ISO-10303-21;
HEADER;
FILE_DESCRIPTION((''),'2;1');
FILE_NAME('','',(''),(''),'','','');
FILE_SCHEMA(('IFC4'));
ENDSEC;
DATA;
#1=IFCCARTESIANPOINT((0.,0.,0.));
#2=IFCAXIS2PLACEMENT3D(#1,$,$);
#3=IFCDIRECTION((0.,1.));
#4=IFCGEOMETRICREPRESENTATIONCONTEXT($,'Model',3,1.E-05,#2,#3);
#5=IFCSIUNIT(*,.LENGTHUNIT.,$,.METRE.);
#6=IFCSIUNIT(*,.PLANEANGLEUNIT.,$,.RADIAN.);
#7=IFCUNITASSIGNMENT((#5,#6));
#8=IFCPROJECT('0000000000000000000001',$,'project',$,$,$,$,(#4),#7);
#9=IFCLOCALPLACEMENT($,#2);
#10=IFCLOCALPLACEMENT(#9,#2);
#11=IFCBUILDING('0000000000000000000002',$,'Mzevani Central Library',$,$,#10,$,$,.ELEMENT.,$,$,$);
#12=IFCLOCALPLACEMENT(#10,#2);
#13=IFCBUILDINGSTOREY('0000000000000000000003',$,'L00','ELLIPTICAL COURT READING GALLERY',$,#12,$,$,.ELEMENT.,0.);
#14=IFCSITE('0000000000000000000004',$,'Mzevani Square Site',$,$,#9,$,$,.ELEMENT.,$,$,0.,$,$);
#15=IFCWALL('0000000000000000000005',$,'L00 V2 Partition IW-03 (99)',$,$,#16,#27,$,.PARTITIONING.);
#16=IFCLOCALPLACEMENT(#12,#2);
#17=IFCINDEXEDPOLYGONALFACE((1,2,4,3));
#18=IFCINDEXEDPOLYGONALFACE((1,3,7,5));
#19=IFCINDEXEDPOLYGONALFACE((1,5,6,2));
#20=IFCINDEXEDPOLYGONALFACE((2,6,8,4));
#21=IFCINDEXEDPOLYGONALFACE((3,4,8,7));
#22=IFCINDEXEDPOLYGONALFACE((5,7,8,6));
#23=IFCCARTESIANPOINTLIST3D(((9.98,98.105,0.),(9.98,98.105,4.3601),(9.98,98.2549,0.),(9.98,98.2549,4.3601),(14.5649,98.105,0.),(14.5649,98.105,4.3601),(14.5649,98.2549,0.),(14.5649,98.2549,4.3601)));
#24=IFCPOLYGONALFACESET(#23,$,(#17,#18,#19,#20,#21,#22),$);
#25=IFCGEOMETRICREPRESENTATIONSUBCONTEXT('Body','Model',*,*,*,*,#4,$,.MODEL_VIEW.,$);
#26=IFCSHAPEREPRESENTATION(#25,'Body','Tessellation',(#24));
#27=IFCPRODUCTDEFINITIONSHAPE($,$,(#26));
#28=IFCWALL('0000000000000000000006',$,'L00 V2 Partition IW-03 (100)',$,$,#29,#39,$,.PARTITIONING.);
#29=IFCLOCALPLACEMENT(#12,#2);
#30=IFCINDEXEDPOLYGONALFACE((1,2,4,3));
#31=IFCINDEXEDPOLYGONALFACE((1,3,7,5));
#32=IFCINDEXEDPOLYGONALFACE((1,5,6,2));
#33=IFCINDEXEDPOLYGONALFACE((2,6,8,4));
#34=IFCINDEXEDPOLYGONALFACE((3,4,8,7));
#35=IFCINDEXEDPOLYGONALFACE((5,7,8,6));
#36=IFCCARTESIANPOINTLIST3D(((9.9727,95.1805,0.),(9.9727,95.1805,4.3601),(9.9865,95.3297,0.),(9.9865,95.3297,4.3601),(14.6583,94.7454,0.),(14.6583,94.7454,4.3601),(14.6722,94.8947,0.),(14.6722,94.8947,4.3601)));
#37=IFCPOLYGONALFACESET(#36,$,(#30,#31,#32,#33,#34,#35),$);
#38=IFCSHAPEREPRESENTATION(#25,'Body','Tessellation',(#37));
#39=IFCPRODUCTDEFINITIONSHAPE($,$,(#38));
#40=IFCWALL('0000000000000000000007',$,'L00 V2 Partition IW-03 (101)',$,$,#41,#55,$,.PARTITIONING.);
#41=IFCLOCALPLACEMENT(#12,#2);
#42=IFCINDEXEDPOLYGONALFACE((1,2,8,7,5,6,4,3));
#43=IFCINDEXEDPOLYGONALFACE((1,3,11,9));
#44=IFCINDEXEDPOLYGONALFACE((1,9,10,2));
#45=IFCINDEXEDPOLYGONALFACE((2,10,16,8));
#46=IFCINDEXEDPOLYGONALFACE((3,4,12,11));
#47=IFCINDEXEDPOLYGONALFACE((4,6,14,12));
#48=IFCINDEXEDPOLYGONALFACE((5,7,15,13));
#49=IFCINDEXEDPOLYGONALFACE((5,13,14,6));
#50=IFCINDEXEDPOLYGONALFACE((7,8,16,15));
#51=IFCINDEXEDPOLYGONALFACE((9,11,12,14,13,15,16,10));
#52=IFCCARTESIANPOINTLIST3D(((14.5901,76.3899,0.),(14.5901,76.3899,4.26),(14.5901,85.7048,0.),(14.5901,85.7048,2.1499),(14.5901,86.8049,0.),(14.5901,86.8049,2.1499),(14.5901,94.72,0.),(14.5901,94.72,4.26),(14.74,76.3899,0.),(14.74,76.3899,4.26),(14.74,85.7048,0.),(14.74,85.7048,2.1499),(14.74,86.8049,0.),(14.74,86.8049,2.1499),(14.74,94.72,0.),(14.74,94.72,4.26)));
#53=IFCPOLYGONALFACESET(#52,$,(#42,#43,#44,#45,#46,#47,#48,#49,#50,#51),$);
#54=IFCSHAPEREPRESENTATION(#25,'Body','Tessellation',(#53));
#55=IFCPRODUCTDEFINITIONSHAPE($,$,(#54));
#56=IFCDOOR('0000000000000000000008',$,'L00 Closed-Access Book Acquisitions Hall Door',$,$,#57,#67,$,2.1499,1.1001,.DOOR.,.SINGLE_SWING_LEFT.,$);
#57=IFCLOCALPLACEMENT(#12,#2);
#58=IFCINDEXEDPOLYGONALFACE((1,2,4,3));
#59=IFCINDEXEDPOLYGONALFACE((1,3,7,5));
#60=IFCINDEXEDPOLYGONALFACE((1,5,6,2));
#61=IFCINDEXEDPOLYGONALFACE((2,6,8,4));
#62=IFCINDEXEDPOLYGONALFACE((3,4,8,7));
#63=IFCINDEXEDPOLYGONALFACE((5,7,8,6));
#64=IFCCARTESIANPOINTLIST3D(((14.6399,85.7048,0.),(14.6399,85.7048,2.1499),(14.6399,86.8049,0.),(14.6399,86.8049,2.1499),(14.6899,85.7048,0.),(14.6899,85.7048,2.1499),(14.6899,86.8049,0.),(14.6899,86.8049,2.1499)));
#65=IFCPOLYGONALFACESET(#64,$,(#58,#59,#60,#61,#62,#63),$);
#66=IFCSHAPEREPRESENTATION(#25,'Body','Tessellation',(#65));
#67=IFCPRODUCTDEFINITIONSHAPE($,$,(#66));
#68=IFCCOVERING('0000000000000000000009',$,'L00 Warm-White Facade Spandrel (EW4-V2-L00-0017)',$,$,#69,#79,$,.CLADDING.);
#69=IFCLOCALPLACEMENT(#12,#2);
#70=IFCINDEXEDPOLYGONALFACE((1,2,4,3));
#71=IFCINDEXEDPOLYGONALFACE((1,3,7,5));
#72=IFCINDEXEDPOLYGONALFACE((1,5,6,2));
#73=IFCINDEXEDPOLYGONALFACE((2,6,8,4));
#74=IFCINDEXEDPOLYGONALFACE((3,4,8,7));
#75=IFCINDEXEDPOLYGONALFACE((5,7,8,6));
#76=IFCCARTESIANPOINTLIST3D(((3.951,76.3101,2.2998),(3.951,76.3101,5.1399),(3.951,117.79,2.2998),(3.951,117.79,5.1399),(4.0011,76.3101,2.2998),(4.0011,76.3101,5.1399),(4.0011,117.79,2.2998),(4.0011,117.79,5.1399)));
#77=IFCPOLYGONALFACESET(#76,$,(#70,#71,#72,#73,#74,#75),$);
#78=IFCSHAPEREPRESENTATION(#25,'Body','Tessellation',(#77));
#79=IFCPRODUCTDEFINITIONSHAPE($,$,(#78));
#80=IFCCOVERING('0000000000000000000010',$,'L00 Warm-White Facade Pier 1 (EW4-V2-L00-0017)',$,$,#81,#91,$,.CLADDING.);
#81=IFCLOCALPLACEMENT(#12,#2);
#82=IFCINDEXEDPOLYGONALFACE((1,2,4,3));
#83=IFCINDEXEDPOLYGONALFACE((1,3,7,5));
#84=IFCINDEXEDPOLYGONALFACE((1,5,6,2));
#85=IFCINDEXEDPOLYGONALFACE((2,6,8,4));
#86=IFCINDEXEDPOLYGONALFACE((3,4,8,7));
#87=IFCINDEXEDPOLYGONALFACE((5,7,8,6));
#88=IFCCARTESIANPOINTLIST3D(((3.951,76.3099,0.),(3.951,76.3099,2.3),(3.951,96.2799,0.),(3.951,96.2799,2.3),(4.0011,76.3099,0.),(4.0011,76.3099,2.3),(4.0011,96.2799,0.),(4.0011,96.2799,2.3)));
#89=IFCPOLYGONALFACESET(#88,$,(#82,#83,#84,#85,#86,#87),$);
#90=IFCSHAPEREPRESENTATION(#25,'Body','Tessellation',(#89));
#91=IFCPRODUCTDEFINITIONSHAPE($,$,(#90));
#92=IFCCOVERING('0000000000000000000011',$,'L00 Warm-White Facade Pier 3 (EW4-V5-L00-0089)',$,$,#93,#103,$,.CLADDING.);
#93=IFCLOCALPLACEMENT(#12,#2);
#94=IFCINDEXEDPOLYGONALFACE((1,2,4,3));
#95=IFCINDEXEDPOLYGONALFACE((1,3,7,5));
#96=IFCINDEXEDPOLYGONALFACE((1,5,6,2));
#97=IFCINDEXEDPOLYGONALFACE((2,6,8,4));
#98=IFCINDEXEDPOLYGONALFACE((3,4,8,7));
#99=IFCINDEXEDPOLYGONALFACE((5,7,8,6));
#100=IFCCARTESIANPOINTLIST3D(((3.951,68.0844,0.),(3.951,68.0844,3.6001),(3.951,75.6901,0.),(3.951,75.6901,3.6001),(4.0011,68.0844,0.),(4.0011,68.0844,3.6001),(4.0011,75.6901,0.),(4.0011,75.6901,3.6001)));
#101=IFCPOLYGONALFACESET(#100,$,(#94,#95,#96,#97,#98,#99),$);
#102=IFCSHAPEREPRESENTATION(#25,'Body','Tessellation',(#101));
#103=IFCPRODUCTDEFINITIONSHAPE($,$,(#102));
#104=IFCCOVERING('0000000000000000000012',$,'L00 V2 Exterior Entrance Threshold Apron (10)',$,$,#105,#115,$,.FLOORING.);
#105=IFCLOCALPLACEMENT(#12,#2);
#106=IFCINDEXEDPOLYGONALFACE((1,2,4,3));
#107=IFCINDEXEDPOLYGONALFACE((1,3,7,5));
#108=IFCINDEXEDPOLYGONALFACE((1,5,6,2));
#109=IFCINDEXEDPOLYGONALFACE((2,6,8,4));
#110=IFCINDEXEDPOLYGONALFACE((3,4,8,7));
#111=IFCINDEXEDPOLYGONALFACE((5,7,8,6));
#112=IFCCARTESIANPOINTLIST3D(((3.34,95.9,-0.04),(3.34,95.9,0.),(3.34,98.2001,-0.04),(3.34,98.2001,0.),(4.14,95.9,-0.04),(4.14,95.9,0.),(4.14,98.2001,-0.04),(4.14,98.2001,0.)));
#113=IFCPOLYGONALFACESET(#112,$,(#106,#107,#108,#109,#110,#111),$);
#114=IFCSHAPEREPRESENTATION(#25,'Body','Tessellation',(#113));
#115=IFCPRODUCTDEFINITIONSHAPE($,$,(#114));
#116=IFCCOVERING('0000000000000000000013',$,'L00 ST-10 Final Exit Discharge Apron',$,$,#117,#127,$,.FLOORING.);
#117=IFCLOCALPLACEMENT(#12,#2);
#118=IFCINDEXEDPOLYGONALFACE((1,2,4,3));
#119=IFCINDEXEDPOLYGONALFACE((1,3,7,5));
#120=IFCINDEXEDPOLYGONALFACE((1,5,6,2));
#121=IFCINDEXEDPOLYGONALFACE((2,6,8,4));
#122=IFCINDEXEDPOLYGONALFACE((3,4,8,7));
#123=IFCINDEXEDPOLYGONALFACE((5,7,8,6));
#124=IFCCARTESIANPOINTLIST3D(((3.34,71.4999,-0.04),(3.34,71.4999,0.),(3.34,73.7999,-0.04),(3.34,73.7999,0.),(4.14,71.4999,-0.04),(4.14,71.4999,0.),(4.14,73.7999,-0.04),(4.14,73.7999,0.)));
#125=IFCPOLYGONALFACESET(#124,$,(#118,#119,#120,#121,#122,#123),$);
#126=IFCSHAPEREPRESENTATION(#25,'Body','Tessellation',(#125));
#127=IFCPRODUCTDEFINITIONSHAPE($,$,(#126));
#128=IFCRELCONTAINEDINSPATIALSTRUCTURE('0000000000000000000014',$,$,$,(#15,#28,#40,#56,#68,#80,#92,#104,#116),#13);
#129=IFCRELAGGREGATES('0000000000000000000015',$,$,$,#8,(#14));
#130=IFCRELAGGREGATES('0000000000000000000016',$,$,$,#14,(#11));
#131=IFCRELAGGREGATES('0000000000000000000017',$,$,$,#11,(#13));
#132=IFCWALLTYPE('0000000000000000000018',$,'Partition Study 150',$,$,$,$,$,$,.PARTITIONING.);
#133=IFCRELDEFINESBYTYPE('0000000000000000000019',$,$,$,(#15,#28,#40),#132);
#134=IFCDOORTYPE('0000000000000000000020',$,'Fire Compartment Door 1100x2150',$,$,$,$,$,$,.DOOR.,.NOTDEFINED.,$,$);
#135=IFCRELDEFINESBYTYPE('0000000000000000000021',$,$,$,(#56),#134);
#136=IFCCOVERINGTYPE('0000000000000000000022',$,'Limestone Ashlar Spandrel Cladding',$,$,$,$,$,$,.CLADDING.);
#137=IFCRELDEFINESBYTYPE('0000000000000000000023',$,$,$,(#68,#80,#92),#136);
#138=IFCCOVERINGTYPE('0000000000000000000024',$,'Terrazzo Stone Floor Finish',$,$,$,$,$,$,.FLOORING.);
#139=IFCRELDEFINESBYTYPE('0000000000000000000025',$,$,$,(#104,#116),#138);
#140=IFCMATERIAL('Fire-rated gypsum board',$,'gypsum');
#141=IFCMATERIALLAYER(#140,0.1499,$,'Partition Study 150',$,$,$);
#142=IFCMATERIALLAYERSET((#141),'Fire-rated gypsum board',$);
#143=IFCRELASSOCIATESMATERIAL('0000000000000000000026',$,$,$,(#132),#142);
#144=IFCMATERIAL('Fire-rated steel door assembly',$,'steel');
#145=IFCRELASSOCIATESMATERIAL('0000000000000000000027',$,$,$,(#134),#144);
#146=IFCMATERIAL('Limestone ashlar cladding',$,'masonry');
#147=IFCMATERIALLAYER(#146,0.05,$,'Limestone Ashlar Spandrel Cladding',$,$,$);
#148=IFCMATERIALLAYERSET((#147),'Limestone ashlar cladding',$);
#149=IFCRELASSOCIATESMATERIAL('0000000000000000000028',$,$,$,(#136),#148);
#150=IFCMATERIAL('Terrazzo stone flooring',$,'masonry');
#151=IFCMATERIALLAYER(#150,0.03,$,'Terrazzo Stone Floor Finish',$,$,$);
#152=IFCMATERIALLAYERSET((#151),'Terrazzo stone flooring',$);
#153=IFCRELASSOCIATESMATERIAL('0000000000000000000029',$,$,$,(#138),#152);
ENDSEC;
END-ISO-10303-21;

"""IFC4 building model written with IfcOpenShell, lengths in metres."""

from ifc_helpers import new_model, si_unit, direction, frame, frame_2d, origin, origin_2d, place, context, subcontext, project, spatial, rectangle, extrude, material, layer, layer_set, type_object, element, fill, save


model = new_model("IFC4")

# Units and contexts
model_context = context("Model", 3, precision=1e-05, world=origin(), true_north=direction((0.0, 1.0)))
body_context = subcontext(model_context, "Body", "Model", "MODEL_VIEW")
ifc_project = project(units=[si_unit("LENGTHUNIT", "METRE"), si_unit("PLANEANGLEUNIT", "RADIAN")], contexts=[model_context])

# Site, building, storey
site_placement = place(None, origin())
site = spatial("IfcSite", under=ifc_project, at=site_placement, Name="Mzevani Square Site", CompositionType="ELEMENT", RefElevation=0.0)
building_placement = place(site_placement, origin())
building = spatial("IfcBuilding", under=site, at=building_placement, Name="Mzevani Central Library", CompositionType="ELEMENT")
storey_placement = place(building_placement, origin())
storey = spatial("IfcBuildingStorey", under=building, at=storey_placement, Name="L00", Description="ELLIPTICAL COURT READING GALLERY", CompositionType="ELEMENT", Elevation=0.0)

# Shared definitions
ifc_material_1 = material(Name="Fire-rated gypsum board", Category="gypsum")

# Walls
ifc_layer_1 = layer(ifc_material_1, 0.1499, Name="Partition Study 150")
ifc_layer_set_1 = layer_set([ifc_layer_1], Name="Fire-rated gypsum board")
wall_type_1 = type_object("IfcWallType", Name="Partition Study 150", PredefinedType="PARTITIONING", material=ifc_layer_set_1)
wall_1_placement = place(storey_placement, frame((14.5649, 98.1799, 0.0), z_axis=(0.0, 0.0, 1.0), x_axis=(-1.0, 0.0, 0.0)))
element("IfcWall", 1, at=wall_1_placement, inside=storey, type_object=wall_type_1, Name="L00 V2 Partition IW-03 (99)", PredefinedType="PARTITIONING", context=body_context, shape_type="SweptSolid", body=[
    extrude(rectangle(XDim=4.585, YDim=0.1499, at=frame_2d((2.2925, 0.0))), origin(), (0.0, 0.0, 1.0), 4.3601),
])
wall_2_placement = place(storey_placement, frame((9.9795, 95.2551, 0.0), z_axis=(0.0, 0.0, 1.0), x_axis=(0.995717, -0.092454, 0.0)))
element("IfcWall", 2, at=wall_2_placement, inside=storey, type_object=wall_type_1, Name="L00 V2 Partition IW-03 (100)", PredefinedType="PARTITIONING", context=body_context, shape_type="SweptSolid", body=[
    extrude(rectangle(XDim=4.7058, YDim=0.1499, at=frame_2d((2.353, 0.0))), origin(), (0.0, 0.0, 1.0), 4.3601),
])

# Wall, opening, door
wall_3_placement = place(storey_placement, frame((14.665, 94.72, 0.0), z_axis=(0.0, 0.0, 1.0), x_axis=(0.0, -1.0, 0.0)))
wall_3 = element("IfcWall", 3, at=wall_3_placement, inside=storey, type_object=wall_type_1, Name="L00 V2 Partition IW-03 (101)", PredefinedType="PARTITIONING", context=body_context, shape_type="SweptSolid", body=[
    extrude(rectangle(XDim=18.3301, YDim=0.1499, at=frame_2d((9.165, 0.0))), origin(), (0.0, 0.0, 1.0), 4.26),
])
opening_1_placement = place(wall_3_placement, frame((7.915, 0.0, 0.0)))
opening_1 = element("IfcOpeningElement", 4, at=opening_1_placement, cuts=wall_3, PredefinedType="OPENING", context=body_context, shape_type="SweptSolid", body=[
    extrude(rectangle(XDim=1.1001, YDim=2.1499, at=frame_2d((0.55, 1.075))), frame((0.0, 0.085, 0.0), z_axis=(0.0, -1.0, 0.0), x_axis=(1.0, 0.0, 0.0)), (0.0, 0.0, 1.0), 0.1699),
])
ifc_material_2 = material(Name="Fire-rated steel door assembly", Category="steel")
door_type_1 = type_object("IfcDoorType", Name="Fire Compartment Door 1100x2150", OperationType="NOTDEFINED", PredefinedType="DOOR", material=ifc_material_2)
door_1_placement = place(opening_1_placement, origin())
door_1 = element("IfcDoor", 5, at=door_1_placement, inside=storey, type_object=door_type_1, Name="L00 Closed-Access Book Acquisitions Hall Door", OperationType="SINGLE_SWING_LEFT", OverallHeight=2.1499, OverallWidth=1.1001, PredefinedType="DOOR", context=body_context, shape_type="SweptSolid", body=[
    extrude(rectangle(XDim=1.1001, YDim=2.1499, at=frame_2d((0.55, 1.075))), frame((0.0, 0.0249, 0.0), z_axis=(0.0, -1.0, 0.0), x_axis=(1.0, 0.0, 0.0)), (0.0, 0.0, 1.0), 0.05),
])
fill(opening_1, door_1)

# Coverings
ifc_material_3 = material(Name="Limestone ashlar cladding", Category="masonry")
ifc_layer_2 = layer(ifc_material_3, 0.05, Name="Limestone Ashlar Spandrel Cladding")
ifc_layer_set_2 = layer_set([ifc_layer_2], Name="Limestone ashlar cladding")
covering_type_1 = type_object("IfcCoveringType", Name="Limestone Ashlar Spandrel Cladding", PredefinedType="CLADDING", material=ifc_layer_set_2)
covering_1_placement = place(storey_placement, frame((3.9761, 97.05, 2.2998), z_axis=(0.0, 0.0, 1.0), x_axis=(0.0, 1.0, 0.0)))
element("IfcCovering", 6, at=covering_1_placement, inside=storey, type_object=covering_type_1, Name="L00 Warm-White Facade Spandrel (EW4-V2-L00-0017)", PredefinedType="CLADDING", context=body_context, shape_type="SweptSolid", body=[
    extrude(rectangle(XDim=41.48, YDim=0.05, at=origin_2d()), origin(), (0.0, 0.0, 1.0), 2.8401),
])
covering_2_placement = place(storey_placement, frame((3.9761, 86.2949, 0.0), z_axis=(0.0, 0.0, 1.0), x_axis=(0.0, 1.0, 0.0)))
element("IfcCovering", 7, at=covering_2_placement, inside=storey, type_object=covering_type_1, Name="L00 Warm-White Facade Pier 1 (EW4-V2-L00-0017)", PredefinedType="CLADDING", context=body_context, shape_type="SweptSolid", body=[
    extrude(rectangle(XDim=19.97, YDim=0.05, at=origin_2d()), origin(), (0.0, 0.0, 1.0), 2.3),
])
covering_3_placement = place(storey_placement, frame((3.9761, 71.8872, 0.0), z_axis=(0.0, 0.0, 1.0), x_axis=(0.0, 1.0, 0.0)))
element("IfcCovering", 8, at=covering_3_placement, inside=storey, type_object=covering_type_1, Name="L00 Warm-White Facade Pier 3 (EW4-V5-L00-0089)", PredefinedType="CLADDING", context=body_context, shape_type="SweptSolid", body=[
    extrude(rectangle(XDim=7.6057, YDim=0.05, at=origin_2d()), origin(), (0.0, 0.0, 1.0), 3.6001),
])
ifc_material_4 = material(Name="Terrazzo stone flooring", Category="masonry")
ifc_layer_3 = layer(ifc_material_4, 0.03, Name="Terrazzo Stone Floor Finish")
ifc_layer_set_3 = layer_set([ifc_layer_3], Name="Terrazzo stone flooring")
covering_type_2 = type_object("IfcCoveringType", Name="Terrazzo Stone Floor Finish", PredefinedType="FLOORING", material=ifc_layer_set_3)
for number, where, z_axis, x_axis, name in (
    (9, (3.74, 97.05, -0.04), (0.0, 0.0, 1.0), (0.0, 1.0, 0.0), "L00 V2 Exterior Entrance Threshold Apron (10)"),
    (10, (3.74, 72.6499, -0.04), (0.0, 0.0, 1.0), (0.0, 1.0, 0.0), "L00 ST-10 Final Exit Discharge Apron"),
):
    element("IfcCovering", number, at=place(storey_placement, frame(where, z_axis=z_axis, x_axis=x_axis)), inside=storey, type_object=covering_type_2, Name=name, PredefinedType="FLOORING", context=body_context, shape_type="SweptSolid", body=[
        extrude(rectangle(XDim=2.3, YDim=0.8, at=origin_2d()), origin(), (0.0, 0.0, 1.0), 0.04),
    ])

save(model, "model.ifc")
